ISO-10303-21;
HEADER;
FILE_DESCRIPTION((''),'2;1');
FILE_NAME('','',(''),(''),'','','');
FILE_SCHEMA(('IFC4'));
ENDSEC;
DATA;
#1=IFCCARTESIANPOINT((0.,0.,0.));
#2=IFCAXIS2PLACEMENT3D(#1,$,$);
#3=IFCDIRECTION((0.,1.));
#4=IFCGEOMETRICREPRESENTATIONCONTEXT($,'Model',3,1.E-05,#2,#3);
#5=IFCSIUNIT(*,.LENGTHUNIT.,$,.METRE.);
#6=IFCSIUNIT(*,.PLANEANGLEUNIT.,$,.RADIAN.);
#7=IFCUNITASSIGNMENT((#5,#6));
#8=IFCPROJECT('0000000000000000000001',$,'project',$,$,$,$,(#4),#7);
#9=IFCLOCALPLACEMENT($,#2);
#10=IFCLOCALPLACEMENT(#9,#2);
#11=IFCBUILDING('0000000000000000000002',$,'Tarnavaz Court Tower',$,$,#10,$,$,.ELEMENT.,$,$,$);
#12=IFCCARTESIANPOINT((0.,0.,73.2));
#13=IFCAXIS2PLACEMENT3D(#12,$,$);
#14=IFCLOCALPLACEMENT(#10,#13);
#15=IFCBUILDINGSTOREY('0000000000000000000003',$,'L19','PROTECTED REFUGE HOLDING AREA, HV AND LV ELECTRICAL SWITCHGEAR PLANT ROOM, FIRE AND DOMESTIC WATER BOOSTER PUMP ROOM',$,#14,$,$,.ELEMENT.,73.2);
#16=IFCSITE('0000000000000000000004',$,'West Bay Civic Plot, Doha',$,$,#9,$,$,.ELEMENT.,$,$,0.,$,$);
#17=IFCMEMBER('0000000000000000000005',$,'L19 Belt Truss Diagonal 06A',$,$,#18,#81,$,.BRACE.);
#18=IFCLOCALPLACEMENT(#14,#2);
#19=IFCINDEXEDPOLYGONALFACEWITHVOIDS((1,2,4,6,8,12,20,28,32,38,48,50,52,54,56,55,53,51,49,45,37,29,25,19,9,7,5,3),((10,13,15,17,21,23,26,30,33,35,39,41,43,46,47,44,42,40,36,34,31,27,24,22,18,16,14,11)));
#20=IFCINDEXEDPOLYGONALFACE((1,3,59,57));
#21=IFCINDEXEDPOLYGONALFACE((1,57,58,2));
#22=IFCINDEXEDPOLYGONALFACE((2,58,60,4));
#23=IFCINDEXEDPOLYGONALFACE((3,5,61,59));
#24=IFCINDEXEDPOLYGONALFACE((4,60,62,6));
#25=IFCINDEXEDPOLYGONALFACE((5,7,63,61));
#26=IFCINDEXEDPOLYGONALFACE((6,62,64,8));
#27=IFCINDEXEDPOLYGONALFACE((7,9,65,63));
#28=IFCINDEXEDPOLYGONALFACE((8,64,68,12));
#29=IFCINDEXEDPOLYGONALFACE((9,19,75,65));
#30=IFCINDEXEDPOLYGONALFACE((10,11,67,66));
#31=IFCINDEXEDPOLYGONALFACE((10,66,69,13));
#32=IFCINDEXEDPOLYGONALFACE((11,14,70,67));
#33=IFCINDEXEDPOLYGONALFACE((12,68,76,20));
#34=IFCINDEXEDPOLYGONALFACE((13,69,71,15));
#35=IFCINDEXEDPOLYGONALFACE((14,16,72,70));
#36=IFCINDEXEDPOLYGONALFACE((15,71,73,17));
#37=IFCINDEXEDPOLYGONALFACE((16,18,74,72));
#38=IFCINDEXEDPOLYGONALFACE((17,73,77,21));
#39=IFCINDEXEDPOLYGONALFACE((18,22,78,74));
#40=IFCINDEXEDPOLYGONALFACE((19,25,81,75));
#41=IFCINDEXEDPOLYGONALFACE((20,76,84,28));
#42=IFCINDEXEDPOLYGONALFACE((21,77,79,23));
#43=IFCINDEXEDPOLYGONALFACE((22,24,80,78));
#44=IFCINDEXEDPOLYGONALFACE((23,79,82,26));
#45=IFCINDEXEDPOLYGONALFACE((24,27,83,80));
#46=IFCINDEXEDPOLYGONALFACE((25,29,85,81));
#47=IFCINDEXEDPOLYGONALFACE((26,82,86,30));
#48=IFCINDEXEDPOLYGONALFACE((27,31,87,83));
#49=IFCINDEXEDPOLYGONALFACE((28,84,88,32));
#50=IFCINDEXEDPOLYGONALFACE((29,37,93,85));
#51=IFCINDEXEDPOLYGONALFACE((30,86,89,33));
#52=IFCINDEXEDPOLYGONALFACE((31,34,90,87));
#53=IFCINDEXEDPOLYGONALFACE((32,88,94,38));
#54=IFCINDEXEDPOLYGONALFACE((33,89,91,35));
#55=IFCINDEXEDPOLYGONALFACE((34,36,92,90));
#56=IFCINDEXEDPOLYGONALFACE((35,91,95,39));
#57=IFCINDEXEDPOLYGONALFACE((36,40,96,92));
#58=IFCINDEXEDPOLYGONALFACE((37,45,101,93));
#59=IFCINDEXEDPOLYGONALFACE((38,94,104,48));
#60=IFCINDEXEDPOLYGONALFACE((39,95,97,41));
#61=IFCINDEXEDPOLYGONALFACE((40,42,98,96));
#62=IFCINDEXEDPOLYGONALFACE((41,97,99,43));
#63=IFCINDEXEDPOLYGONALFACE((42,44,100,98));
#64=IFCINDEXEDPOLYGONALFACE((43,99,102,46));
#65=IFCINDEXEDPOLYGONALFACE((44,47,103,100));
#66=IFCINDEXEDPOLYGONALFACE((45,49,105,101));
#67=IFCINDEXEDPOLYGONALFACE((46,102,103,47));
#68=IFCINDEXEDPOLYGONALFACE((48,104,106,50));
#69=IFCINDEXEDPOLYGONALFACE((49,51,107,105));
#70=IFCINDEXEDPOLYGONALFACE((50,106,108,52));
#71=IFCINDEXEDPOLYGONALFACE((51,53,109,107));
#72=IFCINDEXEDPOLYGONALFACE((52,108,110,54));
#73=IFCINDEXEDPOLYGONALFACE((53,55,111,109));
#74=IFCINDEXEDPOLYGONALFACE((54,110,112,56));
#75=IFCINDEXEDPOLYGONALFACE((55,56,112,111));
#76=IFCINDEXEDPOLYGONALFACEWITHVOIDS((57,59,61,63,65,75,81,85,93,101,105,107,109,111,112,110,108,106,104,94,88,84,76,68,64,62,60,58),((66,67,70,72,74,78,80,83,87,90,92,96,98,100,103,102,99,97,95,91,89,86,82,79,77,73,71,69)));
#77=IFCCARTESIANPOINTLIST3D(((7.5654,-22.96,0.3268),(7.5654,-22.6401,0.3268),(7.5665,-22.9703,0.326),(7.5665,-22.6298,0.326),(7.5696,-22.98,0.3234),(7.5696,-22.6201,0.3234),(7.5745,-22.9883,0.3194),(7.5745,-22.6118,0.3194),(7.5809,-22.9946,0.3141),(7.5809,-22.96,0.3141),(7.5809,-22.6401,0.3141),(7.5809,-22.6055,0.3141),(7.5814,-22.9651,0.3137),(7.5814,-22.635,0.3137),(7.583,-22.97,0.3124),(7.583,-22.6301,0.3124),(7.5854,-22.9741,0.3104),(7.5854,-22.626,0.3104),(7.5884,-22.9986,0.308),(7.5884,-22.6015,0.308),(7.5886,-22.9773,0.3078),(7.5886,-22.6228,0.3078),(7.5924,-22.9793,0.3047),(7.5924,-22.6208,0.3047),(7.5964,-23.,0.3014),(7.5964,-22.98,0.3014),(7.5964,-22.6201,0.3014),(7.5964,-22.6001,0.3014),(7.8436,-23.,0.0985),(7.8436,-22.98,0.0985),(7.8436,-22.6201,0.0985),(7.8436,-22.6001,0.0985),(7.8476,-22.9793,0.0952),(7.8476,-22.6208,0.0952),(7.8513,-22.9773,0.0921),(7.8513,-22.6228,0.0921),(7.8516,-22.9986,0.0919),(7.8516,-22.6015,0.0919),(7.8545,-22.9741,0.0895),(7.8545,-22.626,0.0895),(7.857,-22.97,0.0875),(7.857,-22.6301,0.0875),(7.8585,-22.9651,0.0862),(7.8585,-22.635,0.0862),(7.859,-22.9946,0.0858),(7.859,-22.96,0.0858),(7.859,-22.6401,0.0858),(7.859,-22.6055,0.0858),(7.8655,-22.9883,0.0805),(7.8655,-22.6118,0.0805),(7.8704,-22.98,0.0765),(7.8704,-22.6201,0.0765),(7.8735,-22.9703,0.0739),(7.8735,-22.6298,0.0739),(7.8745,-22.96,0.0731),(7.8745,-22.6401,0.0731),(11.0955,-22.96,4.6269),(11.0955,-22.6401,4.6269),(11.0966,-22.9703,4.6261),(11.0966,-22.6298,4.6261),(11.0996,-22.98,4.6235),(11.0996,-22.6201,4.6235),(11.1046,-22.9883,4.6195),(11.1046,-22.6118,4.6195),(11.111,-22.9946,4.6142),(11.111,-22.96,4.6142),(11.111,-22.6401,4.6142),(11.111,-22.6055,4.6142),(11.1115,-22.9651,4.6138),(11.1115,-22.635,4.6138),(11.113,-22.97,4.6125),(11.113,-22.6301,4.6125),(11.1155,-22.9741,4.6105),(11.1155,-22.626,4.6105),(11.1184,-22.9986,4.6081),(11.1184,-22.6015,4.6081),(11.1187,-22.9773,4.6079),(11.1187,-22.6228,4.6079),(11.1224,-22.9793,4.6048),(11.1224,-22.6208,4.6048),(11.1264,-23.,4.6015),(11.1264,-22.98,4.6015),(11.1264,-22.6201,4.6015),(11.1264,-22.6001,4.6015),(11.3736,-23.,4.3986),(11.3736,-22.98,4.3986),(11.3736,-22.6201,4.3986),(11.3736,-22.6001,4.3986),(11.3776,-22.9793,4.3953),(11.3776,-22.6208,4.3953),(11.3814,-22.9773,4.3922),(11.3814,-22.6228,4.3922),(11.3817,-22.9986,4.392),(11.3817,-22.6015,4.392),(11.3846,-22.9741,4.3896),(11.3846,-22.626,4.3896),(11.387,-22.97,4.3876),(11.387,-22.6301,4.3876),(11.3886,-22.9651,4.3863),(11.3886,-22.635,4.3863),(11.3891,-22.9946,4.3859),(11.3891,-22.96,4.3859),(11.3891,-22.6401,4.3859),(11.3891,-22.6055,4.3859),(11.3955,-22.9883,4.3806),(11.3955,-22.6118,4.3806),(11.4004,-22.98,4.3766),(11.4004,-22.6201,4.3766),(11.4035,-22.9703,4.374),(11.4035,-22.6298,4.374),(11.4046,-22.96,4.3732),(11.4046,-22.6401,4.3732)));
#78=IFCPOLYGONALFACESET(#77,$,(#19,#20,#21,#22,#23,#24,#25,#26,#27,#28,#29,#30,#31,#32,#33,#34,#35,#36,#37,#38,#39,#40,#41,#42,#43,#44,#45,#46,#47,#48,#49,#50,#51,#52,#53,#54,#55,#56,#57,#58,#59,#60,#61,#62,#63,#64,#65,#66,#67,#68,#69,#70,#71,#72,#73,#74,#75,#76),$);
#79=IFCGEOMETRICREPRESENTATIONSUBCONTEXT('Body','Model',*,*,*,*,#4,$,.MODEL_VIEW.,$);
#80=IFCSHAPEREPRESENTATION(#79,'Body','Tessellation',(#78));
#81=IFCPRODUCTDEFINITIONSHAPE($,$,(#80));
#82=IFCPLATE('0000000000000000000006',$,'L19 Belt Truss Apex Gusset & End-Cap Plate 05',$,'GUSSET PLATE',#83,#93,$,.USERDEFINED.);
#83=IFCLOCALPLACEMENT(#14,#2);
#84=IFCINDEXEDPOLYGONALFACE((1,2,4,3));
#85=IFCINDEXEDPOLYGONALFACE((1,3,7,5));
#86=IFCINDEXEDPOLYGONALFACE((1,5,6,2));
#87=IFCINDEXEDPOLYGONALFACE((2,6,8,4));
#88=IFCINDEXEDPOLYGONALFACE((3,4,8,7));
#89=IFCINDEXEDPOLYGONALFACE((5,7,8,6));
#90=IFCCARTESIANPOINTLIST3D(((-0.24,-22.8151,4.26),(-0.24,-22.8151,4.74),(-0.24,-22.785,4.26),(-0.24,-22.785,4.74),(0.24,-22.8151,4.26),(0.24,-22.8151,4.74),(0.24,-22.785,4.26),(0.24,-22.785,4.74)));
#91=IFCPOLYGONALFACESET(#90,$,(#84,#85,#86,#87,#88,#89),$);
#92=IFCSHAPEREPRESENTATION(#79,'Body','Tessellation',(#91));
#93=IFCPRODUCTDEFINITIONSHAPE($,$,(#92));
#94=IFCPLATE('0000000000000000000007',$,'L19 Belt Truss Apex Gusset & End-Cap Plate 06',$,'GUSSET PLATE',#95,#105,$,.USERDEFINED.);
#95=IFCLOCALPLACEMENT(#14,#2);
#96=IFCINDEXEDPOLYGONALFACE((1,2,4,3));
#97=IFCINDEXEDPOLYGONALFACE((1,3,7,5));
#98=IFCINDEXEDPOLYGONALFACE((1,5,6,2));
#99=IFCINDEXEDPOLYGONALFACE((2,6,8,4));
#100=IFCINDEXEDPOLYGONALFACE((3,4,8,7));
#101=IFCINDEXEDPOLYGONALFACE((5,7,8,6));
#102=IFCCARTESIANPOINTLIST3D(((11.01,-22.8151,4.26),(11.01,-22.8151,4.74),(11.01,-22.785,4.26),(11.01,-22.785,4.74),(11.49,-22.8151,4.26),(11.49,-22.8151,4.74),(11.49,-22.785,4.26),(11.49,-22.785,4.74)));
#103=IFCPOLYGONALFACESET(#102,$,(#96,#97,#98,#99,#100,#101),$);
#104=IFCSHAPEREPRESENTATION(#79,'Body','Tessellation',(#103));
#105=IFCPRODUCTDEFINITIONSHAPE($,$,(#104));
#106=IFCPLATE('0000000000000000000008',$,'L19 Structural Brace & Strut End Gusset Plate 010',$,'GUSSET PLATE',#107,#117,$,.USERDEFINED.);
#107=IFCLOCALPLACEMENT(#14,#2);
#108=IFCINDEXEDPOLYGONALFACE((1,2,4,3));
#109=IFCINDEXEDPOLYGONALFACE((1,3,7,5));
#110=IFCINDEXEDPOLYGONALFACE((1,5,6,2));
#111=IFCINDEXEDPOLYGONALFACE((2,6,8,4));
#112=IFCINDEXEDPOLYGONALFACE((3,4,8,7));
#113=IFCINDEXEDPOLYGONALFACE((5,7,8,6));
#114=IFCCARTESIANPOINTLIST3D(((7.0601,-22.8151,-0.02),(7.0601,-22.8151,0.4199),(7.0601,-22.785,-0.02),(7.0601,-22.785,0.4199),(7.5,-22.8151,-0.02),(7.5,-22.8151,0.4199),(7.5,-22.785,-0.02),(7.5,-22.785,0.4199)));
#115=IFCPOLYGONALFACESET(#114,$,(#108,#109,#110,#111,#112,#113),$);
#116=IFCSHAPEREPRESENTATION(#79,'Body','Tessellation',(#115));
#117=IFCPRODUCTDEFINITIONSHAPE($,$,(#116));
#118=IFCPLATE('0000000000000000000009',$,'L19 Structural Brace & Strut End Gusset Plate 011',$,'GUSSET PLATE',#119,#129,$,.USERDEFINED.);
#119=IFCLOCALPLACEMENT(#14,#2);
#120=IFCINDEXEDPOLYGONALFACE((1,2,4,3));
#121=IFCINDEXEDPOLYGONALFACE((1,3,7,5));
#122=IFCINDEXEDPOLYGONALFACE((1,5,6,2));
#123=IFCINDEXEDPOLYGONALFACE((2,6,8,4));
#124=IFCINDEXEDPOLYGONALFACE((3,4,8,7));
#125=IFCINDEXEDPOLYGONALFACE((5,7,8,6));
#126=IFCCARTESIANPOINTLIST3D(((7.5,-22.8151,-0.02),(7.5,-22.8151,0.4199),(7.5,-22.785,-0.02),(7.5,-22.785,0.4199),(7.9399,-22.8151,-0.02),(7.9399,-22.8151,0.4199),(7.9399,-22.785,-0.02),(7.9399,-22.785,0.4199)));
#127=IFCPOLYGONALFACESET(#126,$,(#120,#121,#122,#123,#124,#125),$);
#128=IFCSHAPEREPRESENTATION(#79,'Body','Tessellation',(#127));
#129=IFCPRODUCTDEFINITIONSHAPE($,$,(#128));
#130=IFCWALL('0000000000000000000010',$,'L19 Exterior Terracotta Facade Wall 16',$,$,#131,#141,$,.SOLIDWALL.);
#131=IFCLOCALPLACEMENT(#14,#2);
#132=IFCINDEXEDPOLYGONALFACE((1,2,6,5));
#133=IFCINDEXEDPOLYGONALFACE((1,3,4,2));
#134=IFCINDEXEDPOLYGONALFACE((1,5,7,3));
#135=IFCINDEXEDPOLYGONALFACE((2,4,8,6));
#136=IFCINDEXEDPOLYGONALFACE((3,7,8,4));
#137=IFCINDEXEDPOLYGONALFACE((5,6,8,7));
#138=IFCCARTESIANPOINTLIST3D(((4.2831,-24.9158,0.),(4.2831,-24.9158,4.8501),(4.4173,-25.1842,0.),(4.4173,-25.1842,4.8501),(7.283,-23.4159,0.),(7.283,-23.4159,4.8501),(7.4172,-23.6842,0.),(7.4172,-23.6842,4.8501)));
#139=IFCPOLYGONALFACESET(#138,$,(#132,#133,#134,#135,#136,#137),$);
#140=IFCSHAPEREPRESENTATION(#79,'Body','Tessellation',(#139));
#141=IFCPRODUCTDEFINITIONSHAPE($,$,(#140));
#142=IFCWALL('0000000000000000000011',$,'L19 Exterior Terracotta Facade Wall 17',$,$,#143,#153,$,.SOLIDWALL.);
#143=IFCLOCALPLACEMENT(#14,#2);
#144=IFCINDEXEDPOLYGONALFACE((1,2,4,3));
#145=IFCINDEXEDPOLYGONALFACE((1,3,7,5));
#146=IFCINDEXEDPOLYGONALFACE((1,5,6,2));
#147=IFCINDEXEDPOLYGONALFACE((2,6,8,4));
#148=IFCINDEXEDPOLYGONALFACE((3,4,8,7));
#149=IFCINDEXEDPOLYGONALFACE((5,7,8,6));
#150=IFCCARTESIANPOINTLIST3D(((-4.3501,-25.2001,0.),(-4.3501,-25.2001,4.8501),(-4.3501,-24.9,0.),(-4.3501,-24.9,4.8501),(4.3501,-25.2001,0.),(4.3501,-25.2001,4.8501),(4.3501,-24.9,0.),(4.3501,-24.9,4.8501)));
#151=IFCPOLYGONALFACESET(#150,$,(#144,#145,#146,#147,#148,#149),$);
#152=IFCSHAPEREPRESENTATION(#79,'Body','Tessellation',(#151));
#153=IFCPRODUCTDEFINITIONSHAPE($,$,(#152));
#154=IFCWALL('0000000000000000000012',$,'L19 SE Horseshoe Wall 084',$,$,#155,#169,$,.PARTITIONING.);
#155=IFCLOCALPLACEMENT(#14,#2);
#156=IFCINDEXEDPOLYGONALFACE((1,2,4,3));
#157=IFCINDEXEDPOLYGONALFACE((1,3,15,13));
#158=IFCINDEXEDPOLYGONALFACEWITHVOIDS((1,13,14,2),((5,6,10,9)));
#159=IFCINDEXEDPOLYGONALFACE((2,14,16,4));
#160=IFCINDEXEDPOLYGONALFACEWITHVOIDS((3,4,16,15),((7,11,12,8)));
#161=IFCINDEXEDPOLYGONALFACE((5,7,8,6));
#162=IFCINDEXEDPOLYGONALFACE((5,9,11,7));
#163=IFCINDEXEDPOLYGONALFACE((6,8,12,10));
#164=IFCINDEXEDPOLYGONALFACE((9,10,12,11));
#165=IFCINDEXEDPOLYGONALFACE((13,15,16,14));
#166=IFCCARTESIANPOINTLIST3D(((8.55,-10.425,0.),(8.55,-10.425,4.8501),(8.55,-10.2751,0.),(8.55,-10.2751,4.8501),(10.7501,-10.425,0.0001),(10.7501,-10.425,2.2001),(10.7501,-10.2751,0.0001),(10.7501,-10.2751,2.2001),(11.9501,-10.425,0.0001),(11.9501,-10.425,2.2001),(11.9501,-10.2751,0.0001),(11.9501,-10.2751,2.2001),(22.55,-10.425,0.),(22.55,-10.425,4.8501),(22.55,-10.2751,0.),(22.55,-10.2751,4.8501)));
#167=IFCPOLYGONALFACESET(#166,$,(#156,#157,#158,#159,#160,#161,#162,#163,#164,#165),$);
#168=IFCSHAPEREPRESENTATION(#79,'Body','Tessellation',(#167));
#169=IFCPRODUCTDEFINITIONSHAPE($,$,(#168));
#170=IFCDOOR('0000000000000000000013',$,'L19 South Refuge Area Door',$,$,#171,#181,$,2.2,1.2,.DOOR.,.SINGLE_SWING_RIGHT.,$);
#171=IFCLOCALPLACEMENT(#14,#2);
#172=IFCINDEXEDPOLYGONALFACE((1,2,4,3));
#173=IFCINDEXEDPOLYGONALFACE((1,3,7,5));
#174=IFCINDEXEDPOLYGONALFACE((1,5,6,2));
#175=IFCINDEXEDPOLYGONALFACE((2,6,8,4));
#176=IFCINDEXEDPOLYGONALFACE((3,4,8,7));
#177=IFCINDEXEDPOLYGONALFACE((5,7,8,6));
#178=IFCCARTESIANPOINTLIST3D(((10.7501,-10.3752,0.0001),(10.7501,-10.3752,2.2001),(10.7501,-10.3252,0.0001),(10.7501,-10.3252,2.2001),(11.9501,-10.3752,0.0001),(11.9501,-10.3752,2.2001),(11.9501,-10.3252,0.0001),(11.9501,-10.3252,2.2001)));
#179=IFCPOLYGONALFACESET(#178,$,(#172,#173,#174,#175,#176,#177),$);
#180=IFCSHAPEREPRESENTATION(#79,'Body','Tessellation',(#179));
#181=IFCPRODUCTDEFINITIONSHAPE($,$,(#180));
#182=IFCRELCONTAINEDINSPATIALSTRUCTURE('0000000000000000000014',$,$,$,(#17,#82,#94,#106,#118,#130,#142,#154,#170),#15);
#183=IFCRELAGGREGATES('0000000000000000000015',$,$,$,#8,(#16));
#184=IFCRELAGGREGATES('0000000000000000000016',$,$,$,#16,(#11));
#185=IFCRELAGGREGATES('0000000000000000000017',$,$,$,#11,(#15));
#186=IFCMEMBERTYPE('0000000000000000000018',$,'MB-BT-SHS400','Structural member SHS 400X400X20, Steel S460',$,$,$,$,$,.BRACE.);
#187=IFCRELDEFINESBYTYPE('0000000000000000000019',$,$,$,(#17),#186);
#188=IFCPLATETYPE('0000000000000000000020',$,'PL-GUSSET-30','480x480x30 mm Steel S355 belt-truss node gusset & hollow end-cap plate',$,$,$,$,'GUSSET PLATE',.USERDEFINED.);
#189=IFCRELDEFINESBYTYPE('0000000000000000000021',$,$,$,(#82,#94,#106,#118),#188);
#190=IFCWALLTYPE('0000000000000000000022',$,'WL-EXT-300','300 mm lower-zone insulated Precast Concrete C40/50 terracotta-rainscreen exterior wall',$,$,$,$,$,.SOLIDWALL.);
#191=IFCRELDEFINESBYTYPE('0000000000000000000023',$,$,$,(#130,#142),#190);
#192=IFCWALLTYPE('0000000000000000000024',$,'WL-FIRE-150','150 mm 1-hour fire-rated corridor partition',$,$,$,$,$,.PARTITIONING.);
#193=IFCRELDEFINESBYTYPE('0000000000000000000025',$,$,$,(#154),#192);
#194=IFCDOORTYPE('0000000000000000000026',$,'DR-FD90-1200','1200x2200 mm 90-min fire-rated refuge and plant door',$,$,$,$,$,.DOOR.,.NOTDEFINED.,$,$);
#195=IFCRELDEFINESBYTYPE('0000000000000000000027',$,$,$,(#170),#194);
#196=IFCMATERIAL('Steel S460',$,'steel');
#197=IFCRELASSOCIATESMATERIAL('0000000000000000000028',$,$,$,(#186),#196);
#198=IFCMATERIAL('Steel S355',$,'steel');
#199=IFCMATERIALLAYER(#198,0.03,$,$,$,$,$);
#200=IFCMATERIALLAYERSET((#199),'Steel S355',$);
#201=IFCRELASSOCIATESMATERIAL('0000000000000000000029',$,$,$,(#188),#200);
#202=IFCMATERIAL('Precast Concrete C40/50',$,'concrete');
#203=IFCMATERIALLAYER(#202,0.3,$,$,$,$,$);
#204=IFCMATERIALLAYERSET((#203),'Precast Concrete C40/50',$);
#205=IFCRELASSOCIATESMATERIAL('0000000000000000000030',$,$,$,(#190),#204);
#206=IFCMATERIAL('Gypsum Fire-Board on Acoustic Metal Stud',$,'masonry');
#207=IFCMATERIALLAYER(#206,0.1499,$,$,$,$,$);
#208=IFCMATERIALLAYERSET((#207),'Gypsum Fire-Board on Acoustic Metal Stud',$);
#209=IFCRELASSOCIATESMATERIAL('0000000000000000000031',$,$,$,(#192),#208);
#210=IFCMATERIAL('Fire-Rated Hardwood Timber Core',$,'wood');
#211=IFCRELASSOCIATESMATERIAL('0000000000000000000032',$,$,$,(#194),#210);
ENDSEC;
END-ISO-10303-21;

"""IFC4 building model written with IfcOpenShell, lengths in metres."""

from ifc_helpers import new_model, si_unit, direction, frame, frame_2d, origin, origin_2d, place, context, subcontext, project, spatial, rectangle, hollow_rectangle, extrude, material, layer, layer_set, material_profile, profile_set, type_object, element, fill, save


model = new_model("IFC4")

# Units and contexts
model_context = context("Model", 3, precision=1e-05, world=origin(), true_north=direction((0.0, 1.0)))
body_context = subcontext(model_context, "Body", "Model", "MODEL_VIEW")
ifc_project = project(units=[si_unit("LENGTHUNIT", "METRE"), si_unit("PLANEANGLEUNIT", "RADIAN")], contexts=[model_context])

# Site, building, storey
site_placement = place(None, origin())
site = spatial("IfcSite", under=ifc_project, at=site_placement, Name="West Bay Civic Plot, Doha", CompositionType="ELEMENT", RefElevation=0.0)
building_placement = place(site_placement, origin())
building = spatial("IfcBuilding", under=site, at=building_placement, Name="Tarnavaz Court Tower", CompositionType="ELEMENT")
storey_placement = place(building_placement, frame((0.0, 0.0, 73.2)))
storey = spatial("IfcBuildingStorey", under=building, at=storey_placement, Name="L19", Description="PROTECTED REFUGE HOLDING AREA, HV AND LV ELECTRICAL SWITCHGEAR PLANT ROOM, FIRE AND DOMESTIC WATER BOOSTER PUMP ROOM", CompositionType="ELEMENT", Elevation=73.2)

# Shared definitions
ifc_material_1 = material(Name="Steel S460", Category="steel")

# Shared definitions
ifc_material_2 = material(Name="Steel S355", Category="steel")

# Member
ifc_material_profile_1 = material_profile(ifc_material_1, hollow_rectangle(XDim=0.3999, YDim=0.3999, WallThickness=0.02, InnerFilletRadius=0.02, OuterFilletRadius=0.04, at=origin_2d()), Name="SHS 400X400X20")
ifc_profile_set_1 = profile_set([ifc_material_profile_1], Name="Steel S460")
member_type_1 = type_object("IfcMemberType", Name="MB-BT-SHS400", Description="Structural member SHS 400X400X20, Steel S460", PredefinedType="BRACE", material=ifc_profile_set_1)
member_1_placement = place(storey_placement, frame((7.72, -22.8, 0.2), z_axis=(0.634508, 0.0, 0.772916), x_axis=(0.0, 1.0, 0.0)))
element("IfcMember", 1, at=member_1_placement, inside=storey, type_object=member_type_1, Name="L19 Belt Truss Diagonal 06A", PredefinedType="BRACE", context=body_context, shape_type="SweptSolid", body=[
    extrude(hollow_rectangle(XDim=0.3999, YDim=0.3999, WallThickness=0.02, InnerFilletRadius=0.02, OuterFilletRadius=0.04, at=origin_2d()), origin(), (0.0, 0.0, 1.0), 5.5635),
])

# Plates
ifc_layer_1 = layer(ifc_material_2, 0.03)
ifc_layer_set_1 = layer_set([ifc_layer_1], Name="Steel S355")
plate_type = type_object("IfcPlateType", Name="PL-GUSSET-30", Description="480x480x30 mm Steel S355 belt-truss node gusset & hollow end-cap plate", ElementType="GUSSET PLATE", PredefinedType="USERDEFINED", material=ifc_layer_set_1)
for number, where, z_axis, x_axis, name in (
    (2, (0.0, -22.8, 4.26), (0.0, 0.0, 1.0), (1.0, 0.0, 0.0), "L19 Belt Truss Apex Gusset & End-Cap Plate 05"),
    (3, (11.25, -22.8, 4.26), (0.0, 0.0, 1.0), (1.0, 0.0, 0.0), "L19 Belt Truss Apex Gusset & End-Cap Plate 06"),
):
    element("IfcPlate", number, at=place(storey_placement, frame(where, z_axis=z_axis, x_axis=x_axis)), inside=storey, type_object=plate_type, Name=name, ObjectType="GUSSET PLATE", PredefinedType="USERDEFINED", context=body_context, shape_type="SweptSolid", body=[
        extrude(rectangle(XDim=0.48, YDim=0.03, at=origin_2d()), origin(), (0.0, 0.0, 1.0), 0.48),
    ])
for number, where, z_axis, x_axis, name in (
    (4, (7.28, -22.8, -0.02), (0.0, 0.0, 1.0), (1.0, 0.0, 0.0), "L19 Structural Brace & Strut End Gusset Plate 010"),
    (5, (7.72, -22.8, -0.02), (0.0, 0.0, 1.0), (1.0, 0.0, 0.0), "L19 Structural Brace & Strut End Gusset Plate 011"),
):
    element("IfcPlate", number, at=place(storey_placement, frame(where, z_axis=z_axis, x_axis=x_axis)), inside=storey, type_object=plate_type, Name=name, ObjectType="GUSSET PLATE", PredefinedType="USERDEFINED", context=body_context, shape_type="SweptSolid", body=[
        extrude(rectangle(XDim=0.4399, YDim=0.03, at=origin_2d()), origin(), (0.0, 0.0, 1.0), 0.4399),
    ])

# Walls
ifc_material_3 = material(Name="Precast Concrete C40/50", Category="concrete")
ifc_layer_2 = layer(ifc_material_3, 0.3)
ifc_layer_set_2 = layer_set([ifc_layer_2], Name="Precast Concrete C40/50")
wall_type_1 = type_object("IfcWallType", Name="WL-EXT-300", Description="300 mm lower-zone insulated Precast Concrete C40/50 terracotta-rainscreen exterior wall", PredefinedType="SOLIDWALL", material=ifc_layer_set_2)
wall_1_placement = place(storey_placement, frame((7.3501, -23.55, 0.0), z_axis=(0.0, 0.0, 1.0), x_axis=(-0.894427, -0.447214, 0.0)))
element("IfcWall", 6, at=wall_1_placement, inside=storey, type_object=wall_type_1, Name="L19 Exterior Terracotta Facade Wall 16", PredefinedType="SOLIDWALL", context=body_context, shape_type="SweptSolid", body=[
    extrude(rectangle(XDim=3.354, YDim=0.3, at=frame_2d((1.677, 0.0))), origin(), (0.0, 0.0, 1.0), 4.8501),
])
wall_2_placement = place(storey_placement, frame((4.3501, -25.05, 0.0), z_axis=(0.0, 0.0, 1.0), x_axis=(-1.0, 0.0, 0.0)))
element("IfcWall", 7, at=wall_2_placement, inside=storey, type_object=wall_type_1, Name="L19 Exterior Terracotta Facade Wall 17", PredefinedType="SOLIDWALL", context=body_context, shape_type="SweptSolid", body=[
    extrude(rectangle(XDim=8.7002, YDim=0.3, at=frame_2d((4.3501, 0.0))), origin(), (0.0, 0.0, 1.0), 4.8501),
])

# Wall, opening, door
ifc_material_4 = material(Name="Gypsum Fire-Board on Acoustic Metal Stud", Category="masonry")
ifc_layer_3 = layer(ifc_material_4, 0.1499)
ifc_layer_set_3 = layer_set([ifc_layer_3], Name="Gypsum Fire-Board on Acoustic Metal Stud")
wall_type_2 = type_object("IfcWallType", Name="WL-FIRE-150", Description="150 mm 1-hour fire-rated corridor partition", PredefinedType="PARTITIONING", material=ifc_layer_set_3)
wall_3_placement = place(storey_placement, frame((8.55, -10.3501, 0.0), z_axis=(0.0, 0.0, 1.0), x_axis=(1.0, 0.0, 0.0)))
wall_3 = element("IfcWall", 8, at=wall_3_placement, inside=storey, type_object=wall_type_2, Name="L19 SE Horseshoe Wall 084", PredefinedType="PARTITIONING", context=body_context, shape_type="SweptSolid", body=[
    extrude(rectangle(XDim=14.0, YDim=0.1499, at=frame_2d((7.0, 0.0))), origin(), (0.0, 0.0, 1.0), 4.8501),
])
opening_placement = place(wall_3_placement, frame((2.2, 0.0, 0.0)))
opening = element("IfcOpeningElement", 9, at=opening_placement, cuts=wall_3, PredefinedType="OPENING", context=body_context, shape_type="SweptSolid", body=[
    extrude(rectangle(XDim=1.2, YDim=2.2, at=frame_2d((0.6001, 1.1001))), frame((0.0, 0.085, 0.0), z_axis=(0.0, -1.0, 0.0), x_axis=(1.0, 0.0, 0.0)), (0.0, 0.0, 1.0), 0.1699),
])
ifc_material_5 = material(Name="Fire-Rated Hardwood Timber Core", Category="wood")
door_type = type_object("IfcDoorType", Name="DR-FD90-1200", Description="1200x2200 mm 90-min fire-rated refuge and plant door", OperationType="NOTDEFINED", PredefinedType="DOOR", material=ifc_material_5)
door_placement = place(opening_placement, origin())
door = element("IfcDoor", 10, at=door_placement, inside=storey, type_object=door_type, Name="L19 South Refuge Area Door", OperationType="SINGLE_SWING_RIGHT", OverallHeight=2.2, OverallWidth=1.2, PredefinedType="DOOR", context=body_context, shape_type="SweptSolid", body=[
    extrude(rectangle(XDim=1.2, YDim=2.2, at=frame_2d((0.6001, 1.1001))), frame((0.0, 0.0249, 0.0), z_axis=(0.0, -1.0, 0.0), x_axis=(1.0, 0.0, 0.0)), (0.0, 0.0, 1.0), 0.05),
])
fill(opening, door)

save(model, "model.ifc")
